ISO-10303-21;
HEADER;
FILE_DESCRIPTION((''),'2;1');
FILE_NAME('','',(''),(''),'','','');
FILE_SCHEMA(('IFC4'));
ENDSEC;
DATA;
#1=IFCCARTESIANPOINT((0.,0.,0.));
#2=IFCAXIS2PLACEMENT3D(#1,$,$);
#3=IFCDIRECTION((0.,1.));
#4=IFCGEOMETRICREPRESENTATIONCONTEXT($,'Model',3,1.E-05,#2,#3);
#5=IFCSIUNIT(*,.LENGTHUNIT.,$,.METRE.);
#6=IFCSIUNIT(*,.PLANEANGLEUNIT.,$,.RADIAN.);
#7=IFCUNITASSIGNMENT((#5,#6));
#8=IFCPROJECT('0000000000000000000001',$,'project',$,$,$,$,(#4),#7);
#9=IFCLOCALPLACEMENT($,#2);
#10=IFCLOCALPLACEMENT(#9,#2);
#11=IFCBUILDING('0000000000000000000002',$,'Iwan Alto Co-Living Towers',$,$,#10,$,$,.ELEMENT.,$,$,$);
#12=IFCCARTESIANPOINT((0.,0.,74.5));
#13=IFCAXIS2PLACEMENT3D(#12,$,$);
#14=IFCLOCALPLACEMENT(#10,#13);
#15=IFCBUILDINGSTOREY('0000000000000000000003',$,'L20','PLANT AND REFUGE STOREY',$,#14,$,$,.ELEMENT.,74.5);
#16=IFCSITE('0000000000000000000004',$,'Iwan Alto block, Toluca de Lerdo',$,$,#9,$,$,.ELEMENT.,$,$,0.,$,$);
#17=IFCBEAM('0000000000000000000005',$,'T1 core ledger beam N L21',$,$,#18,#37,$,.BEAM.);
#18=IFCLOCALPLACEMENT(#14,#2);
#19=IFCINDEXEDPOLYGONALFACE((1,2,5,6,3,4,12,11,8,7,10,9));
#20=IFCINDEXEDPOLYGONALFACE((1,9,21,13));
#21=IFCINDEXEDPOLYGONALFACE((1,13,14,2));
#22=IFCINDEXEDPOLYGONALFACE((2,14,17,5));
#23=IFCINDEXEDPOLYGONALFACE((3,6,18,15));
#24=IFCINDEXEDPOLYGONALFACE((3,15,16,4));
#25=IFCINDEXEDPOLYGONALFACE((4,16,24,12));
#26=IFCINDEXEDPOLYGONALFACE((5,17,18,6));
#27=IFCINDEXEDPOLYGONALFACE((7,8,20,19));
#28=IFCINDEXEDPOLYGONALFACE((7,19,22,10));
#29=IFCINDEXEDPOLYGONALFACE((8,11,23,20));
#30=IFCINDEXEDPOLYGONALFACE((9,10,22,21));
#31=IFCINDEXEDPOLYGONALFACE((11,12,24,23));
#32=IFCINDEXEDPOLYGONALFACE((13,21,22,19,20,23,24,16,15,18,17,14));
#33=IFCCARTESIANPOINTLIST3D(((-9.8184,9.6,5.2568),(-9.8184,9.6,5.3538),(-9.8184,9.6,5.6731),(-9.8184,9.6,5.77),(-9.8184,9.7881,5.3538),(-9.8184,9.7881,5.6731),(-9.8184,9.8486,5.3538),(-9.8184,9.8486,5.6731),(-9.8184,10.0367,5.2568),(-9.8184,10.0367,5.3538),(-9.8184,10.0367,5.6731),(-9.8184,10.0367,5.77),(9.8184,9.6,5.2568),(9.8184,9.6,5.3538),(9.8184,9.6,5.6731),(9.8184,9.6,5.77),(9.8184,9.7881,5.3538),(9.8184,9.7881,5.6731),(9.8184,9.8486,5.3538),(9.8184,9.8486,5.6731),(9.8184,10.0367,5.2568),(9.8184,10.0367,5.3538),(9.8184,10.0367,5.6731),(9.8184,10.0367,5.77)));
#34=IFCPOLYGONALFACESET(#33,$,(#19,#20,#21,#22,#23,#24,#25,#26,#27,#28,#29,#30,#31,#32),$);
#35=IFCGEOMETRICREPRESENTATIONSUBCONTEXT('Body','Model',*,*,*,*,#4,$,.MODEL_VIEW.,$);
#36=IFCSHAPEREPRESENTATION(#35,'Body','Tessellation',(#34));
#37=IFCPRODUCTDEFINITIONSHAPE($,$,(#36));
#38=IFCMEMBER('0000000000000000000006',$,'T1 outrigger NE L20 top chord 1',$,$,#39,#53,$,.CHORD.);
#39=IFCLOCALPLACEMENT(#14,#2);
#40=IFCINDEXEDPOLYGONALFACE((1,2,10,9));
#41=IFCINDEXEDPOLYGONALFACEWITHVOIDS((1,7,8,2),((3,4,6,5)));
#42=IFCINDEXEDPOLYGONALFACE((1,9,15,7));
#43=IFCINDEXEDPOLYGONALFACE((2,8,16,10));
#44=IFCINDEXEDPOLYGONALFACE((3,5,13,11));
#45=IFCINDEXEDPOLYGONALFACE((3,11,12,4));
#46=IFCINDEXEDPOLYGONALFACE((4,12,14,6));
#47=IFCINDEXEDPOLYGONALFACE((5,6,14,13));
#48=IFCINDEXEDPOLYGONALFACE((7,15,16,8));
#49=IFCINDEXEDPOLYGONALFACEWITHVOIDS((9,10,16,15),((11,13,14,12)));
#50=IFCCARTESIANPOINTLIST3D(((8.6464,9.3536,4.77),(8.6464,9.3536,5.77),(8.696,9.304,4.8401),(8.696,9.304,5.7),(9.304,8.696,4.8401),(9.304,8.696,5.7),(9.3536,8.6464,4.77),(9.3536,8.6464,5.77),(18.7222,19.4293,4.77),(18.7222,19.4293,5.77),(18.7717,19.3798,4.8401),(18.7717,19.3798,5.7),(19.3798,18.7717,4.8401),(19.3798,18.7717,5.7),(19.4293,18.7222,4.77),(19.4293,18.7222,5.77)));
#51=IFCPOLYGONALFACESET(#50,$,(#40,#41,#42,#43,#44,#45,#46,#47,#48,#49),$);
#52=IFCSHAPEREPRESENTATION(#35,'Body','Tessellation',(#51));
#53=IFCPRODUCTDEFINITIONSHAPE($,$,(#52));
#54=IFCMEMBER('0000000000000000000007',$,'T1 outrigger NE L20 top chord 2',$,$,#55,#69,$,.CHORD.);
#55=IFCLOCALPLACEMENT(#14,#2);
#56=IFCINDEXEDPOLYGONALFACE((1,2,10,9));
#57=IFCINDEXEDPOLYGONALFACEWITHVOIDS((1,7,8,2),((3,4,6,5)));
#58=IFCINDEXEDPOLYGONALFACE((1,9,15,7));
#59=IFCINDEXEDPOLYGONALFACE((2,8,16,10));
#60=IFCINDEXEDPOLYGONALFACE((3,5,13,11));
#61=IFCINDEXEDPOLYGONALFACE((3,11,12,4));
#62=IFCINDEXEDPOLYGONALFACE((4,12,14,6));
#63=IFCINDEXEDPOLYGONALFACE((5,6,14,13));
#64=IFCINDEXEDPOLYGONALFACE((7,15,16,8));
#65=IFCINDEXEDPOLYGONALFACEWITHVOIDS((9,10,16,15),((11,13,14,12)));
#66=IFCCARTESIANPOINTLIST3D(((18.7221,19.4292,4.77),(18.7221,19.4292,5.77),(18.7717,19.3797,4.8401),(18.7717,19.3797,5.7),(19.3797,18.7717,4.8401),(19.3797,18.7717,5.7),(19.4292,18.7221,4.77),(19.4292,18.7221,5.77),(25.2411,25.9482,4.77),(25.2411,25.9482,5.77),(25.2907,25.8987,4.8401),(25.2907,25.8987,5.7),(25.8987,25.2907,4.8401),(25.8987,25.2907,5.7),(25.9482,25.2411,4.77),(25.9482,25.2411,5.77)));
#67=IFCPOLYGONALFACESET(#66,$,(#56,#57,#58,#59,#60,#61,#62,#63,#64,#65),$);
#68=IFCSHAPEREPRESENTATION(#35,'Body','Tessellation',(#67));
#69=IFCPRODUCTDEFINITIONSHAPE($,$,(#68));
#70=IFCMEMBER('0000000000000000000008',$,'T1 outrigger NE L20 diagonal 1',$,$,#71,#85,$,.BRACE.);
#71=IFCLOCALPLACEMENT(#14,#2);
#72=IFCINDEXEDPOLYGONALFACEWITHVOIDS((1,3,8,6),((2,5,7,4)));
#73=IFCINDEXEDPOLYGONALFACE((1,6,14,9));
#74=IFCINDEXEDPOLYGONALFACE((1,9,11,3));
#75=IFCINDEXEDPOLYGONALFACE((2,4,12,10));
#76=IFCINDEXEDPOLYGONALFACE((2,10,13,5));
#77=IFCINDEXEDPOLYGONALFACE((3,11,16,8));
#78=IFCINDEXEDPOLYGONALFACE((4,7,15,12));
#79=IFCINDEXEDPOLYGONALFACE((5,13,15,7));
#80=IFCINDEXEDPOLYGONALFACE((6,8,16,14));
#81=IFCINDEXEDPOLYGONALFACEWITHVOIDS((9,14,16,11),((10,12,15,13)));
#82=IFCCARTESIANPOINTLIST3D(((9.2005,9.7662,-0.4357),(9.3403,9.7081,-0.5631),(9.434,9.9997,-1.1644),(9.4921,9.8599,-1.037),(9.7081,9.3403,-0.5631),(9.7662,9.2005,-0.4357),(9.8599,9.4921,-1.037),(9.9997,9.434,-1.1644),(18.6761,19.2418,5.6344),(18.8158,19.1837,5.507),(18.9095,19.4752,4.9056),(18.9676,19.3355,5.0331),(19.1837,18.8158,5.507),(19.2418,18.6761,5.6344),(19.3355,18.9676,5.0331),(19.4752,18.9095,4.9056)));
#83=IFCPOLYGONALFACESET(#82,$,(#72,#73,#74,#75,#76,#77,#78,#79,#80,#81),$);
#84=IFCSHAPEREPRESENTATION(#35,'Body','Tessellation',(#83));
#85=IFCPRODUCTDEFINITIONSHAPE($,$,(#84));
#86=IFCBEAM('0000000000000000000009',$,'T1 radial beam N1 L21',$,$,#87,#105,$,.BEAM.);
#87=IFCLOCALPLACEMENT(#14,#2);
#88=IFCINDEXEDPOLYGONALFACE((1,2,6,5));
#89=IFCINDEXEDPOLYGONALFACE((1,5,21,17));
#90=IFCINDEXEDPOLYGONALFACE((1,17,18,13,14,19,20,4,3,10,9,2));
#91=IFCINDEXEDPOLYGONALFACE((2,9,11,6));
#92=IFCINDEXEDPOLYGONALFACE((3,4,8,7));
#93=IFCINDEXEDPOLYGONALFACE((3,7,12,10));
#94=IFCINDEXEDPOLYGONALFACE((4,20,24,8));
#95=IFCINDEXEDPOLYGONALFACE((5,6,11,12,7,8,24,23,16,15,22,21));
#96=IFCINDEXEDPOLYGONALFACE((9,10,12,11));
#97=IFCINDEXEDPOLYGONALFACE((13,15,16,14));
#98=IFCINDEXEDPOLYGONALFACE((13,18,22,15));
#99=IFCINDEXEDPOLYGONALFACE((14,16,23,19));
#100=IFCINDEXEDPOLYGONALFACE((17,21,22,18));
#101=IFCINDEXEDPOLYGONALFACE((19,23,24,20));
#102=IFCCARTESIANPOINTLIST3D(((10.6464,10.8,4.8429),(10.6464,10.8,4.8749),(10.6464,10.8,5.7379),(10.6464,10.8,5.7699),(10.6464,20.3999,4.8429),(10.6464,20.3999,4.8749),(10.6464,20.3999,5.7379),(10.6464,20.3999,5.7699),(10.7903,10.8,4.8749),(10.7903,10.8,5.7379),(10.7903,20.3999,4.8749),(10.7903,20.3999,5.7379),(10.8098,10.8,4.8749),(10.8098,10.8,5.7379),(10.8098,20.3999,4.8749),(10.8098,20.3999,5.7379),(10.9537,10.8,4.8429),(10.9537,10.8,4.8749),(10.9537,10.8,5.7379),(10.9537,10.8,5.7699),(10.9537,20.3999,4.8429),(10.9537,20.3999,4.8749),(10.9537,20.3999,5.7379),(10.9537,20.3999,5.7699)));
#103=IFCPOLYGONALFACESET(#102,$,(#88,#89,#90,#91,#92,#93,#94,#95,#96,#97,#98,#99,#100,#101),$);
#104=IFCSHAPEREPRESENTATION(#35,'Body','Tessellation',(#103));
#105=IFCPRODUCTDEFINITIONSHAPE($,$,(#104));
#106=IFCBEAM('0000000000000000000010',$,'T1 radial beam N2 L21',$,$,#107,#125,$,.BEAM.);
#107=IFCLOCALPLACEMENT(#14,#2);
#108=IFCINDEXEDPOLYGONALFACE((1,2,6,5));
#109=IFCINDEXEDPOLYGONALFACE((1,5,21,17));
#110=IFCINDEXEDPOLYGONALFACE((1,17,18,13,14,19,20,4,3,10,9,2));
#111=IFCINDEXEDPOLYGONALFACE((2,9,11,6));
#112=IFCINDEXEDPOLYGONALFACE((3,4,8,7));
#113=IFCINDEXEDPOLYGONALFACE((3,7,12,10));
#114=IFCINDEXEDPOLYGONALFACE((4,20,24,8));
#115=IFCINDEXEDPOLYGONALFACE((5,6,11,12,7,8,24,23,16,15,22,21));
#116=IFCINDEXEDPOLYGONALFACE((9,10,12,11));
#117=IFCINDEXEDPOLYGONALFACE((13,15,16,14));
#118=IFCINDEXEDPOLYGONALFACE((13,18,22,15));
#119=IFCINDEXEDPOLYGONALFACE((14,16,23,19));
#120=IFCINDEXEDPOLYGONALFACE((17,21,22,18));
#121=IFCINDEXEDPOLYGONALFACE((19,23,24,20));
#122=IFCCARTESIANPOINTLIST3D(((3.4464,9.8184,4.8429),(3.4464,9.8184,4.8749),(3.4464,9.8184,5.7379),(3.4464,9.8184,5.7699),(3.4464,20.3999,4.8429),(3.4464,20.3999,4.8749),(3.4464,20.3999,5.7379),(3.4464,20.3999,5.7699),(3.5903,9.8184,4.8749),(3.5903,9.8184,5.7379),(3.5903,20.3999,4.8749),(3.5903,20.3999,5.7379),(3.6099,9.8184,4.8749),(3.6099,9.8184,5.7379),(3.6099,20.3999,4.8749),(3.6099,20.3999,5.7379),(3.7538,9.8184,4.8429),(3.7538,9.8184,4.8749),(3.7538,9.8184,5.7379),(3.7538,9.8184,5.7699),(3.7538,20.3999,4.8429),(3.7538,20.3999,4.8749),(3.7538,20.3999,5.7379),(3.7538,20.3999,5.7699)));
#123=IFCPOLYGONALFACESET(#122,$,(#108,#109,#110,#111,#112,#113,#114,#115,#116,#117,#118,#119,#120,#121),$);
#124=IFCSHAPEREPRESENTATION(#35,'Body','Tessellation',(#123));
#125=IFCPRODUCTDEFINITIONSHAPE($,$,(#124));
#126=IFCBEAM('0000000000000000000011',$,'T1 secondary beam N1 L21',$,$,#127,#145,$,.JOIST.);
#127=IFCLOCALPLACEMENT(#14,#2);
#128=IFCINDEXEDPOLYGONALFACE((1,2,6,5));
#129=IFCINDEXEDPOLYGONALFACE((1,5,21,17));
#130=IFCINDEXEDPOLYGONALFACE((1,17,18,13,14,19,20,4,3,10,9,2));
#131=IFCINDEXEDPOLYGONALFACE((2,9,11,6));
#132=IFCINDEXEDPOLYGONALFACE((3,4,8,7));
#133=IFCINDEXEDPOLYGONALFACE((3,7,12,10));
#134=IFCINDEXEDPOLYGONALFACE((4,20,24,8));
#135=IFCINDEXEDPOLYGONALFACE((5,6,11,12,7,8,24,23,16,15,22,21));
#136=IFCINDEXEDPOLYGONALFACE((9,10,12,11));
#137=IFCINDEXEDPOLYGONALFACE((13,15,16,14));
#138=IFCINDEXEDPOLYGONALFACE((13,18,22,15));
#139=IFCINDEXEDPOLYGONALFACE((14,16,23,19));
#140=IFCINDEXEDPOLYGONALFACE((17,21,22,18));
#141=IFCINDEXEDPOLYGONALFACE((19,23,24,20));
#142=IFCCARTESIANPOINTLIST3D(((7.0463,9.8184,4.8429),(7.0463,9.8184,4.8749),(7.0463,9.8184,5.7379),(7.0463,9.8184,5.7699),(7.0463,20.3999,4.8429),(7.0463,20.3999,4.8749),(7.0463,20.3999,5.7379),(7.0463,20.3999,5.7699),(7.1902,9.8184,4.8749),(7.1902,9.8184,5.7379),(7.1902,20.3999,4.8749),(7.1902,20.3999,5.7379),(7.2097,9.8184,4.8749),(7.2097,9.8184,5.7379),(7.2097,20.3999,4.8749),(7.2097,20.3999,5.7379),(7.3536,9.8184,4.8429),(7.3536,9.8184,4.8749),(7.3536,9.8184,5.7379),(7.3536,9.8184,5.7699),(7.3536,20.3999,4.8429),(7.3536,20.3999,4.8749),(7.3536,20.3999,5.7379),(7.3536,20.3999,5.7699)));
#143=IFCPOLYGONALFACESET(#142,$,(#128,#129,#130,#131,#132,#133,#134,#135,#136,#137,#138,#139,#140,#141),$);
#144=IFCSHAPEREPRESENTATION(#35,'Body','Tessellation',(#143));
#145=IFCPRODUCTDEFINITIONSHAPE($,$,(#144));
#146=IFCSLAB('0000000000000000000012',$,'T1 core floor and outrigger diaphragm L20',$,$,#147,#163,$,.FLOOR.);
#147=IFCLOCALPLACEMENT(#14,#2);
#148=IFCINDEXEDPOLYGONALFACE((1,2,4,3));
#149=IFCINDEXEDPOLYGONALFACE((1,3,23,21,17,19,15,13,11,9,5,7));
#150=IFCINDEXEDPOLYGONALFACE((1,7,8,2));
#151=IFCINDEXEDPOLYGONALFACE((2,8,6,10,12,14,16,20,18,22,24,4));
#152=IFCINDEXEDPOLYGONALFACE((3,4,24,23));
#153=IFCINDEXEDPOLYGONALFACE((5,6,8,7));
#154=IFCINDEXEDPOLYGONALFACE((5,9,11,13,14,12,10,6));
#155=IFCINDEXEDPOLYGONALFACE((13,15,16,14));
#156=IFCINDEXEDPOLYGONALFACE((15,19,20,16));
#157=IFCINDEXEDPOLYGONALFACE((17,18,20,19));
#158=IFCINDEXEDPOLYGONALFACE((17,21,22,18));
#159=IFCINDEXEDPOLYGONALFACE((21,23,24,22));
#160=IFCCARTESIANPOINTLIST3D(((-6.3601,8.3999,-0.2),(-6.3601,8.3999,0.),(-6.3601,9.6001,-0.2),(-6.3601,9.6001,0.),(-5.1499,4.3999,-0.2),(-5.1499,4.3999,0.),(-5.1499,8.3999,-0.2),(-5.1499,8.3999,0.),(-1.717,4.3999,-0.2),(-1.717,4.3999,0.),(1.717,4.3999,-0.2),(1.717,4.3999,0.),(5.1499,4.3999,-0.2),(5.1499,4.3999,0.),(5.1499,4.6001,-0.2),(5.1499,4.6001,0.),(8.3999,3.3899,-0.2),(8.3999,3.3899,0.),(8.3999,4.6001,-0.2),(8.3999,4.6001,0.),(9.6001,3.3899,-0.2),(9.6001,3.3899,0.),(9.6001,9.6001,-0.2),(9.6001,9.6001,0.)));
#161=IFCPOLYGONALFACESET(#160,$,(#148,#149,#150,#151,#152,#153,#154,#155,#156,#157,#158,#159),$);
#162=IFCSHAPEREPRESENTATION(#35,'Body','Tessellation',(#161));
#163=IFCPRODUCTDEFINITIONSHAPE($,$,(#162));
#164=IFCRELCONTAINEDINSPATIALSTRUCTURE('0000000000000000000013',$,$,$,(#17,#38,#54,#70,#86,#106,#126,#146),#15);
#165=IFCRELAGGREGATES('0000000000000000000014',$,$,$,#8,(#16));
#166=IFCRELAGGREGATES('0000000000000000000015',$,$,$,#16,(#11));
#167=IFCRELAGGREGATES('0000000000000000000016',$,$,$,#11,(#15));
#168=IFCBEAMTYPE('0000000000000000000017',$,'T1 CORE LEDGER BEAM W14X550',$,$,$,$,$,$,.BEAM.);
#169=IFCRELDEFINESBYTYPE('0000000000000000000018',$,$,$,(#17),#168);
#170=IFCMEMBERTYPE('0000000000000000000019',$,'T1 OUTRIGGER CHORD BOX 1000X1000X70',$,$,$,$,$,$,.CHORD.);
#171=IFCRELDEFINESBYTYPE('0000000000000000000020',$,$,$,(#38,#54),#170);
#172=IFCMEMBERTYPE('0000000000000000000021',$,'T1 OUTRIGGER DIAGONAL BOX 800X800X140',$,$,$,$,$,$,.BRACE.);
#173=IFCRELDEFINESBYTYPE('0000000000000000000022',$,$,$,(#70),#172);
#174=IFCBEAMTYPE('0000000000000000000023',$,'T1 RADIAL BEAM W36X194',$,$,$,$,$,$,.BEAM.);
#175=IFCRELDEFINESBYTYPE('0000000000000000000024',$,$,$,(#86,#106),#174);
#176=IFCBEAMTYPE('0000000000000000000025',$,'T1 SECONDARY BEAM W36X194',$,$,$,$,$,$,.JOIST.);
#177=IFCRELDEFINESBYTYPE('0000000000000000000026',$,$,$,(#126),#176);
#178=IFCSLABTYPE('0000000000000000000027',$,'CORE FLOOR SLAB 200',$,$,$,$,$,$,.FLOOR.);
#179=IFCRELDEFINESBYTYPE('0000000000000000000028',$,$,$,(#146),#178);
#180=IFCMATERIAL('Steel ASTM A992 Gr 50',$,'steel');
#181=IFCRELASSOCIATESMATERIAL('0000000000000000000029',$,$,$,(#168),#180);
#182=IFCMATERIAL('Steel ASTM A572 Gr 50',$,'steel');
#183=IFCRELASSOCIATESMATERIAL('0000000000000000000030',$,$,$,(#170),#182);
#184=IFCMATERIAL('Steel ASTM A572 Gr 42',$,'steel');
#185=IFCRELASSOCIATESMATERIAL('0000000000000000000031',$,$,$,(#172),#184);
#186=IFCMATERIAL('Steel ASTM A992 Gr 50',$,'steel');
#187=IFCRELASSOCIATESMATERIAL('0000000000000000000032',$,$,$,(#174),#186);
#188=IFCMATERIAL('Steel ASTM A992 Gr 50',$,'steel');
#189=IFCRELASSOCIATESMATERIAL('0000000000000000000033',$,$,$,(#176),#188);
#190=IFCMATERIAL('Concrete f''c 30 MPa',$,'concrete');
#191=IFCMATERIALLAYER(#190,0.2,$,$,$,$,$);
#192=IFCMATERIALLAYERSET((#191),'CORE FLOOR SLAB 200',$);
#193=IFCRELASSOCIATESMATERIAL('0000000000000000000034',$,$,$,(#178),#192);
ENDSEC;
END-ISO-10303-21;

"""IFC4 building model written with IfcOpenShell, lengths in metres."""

from ifc_helpers import new_model, si_unit, direction, frame, origin, origin_2d, place, context, subcontext, project, spatial, polyline, hollow_rectangle, i_section, outline, extrude, material, layer, layer_set, material_profile, profile_set, type_object, element, save


model = new_model("IFC4")

# Units and contexts
model_context = context("Model", 3, precision=1e-05, world=origin(), true_north=direction((0.0, 1.0)))
body_context = subcontext(model_context, "Body", "Model", "MODEL_VIEW")
ifc_project = project(units=[si_unit("LENGTHUNIT", "METRE"), si_unit("PLANEANGLEUNIT", "RADIAN")], contexts=[model_context])

# Site, building, storey
site_placement = place(None, origin())
site = spatial("IfcSite", under=ifc_project, at=site_placement, Name="Iwan Alto block, Toluca de Lerdo", CompositionType="ELEMENT", RefElevation=0.0)
building_placement = place(site_placement, origin())
building = spatial("IfcBuilding", under=site, at=building_placement, Name="Iwan Alto Co-Living Towers", CompositionType="ELEMENT")
storey_placement = place(building_placement, frame((0.0, 0.0, 74.5)))
storey = spatial("IfcBuildingStorey", under=building, at=storey_placement, Name="L20", Description="PLANT AND REFUGE STOREY", CompositionType="ELEMENT", Elevation=74.5)

# Beam
ifc_material_1 = material(Name="Steel ASTM A992 Gr 50", Category="steel")
ifc_material_profile_1 = material_profile(ifc_material_1, i_section(OverallWidth=0.4368, OverallDepth=0.5132, WebThickness=0.0605, FlangeThickness=0.0969, at=origin_2d()), Name="W14X550")
ifc_profile_set_1 = profile_set([ifc_material_profile_1], Name="Steel ASTM A992 Gr 50")
beam_type_1 = type_object("IfcBeamType", Name="T1 CORE LEDGER BEAM W14X550", PredefinedType="BEAM", material=ifc_profile_set_1)
beam_1_placement = place(storey_placement, frame((9.8184, 9.8184, 5.5134), z_axis=(-1.0, 0.0, 0.0), x_axis=(0.0, -1.0, 0.0)))
element("IfcBeam", 1, at=beam_1_placement, inside=storey, type_object=beam_type_1, Name="T1 core ledger beam N L21", PredefinedType="BEAM", context=body_context, shape_type="SweptSolid", body=[
    extrude(i_section(OverallWidth=0.4368, OverallDepth=0.5132, WebThickness=0.0605, FlangeThickness=0.0969, at=origin_2d()), origin(), (0.0, 0.0, 1.0), 19.6367),
])

# Members
ifc_material_2 = material(Name="Steel ASTM A572 Gr 50", Category="steel")
ifc_material_profile_2 = material_profile(ifc_material_2, hollow_rectangle(XDim=1.0, YDim=1.0, WallThickness=0.0701, at=origin_2d()), Name="BOX 1000X1000X70")
ifc_profile_set_2 = profile_set([ifc_material_profile_2], Name="Steel ASTM A572 Gr 50")
member_type_1 = type_object("IfcMemberType", Name="T1 OUTRIGGER CHORD BOX 1000X1000X70", PredefinedType="CHORD", material=ifc_profile_set_2)
member_1_placement = place(storey_placement, frame((9.0, 9.0, 5.27), z_axis=(0.707107, 0.707107, 0.0), x_axis=(-0.707107, 0.707107, 0.0)))
element("IfcMember", 2, at=member_1_placement, inside=storey, type_object=member_type_1, Name="T1 outrigger NE L20 top chord 1", PredefinedType="CHORD", context=body_context, shape_type="SweptSolid", body=[
    extrude(hollow_rectangle(XDim=1.0, YDim=1.0, WallThickness=0.0701, at=origin_2d()), origin(), (0.0, 0.0, 1.0), 14.2493),
])
member_2_placement = place(storey_placement, frame((19.0757, 19.0757, 5.27), z_axis=(0.707107, 0.707107, 0.0), x_axis=(-0.707107, 0.707107, 0.0)))
element("IfcMember", 3, at=member_2_placement, inside=storey, type_object=member_type_1, Name="T1 outrigger NE L20 top chord 2", PredefinedType="CHORD", context=body_context, shape_type="SweptSolid", body=[
    extrude(hollow_rectangle(XDim=1.0, YDim=1.0, WallThickness=0.0701, at=origin_2d()), origin(), (0.0, 0.0, 1.0), 9.2192),
])
ifc_material_3 = material(Name="Steel ASTM A572 Gr 42", Category="steel")
ifc_material_profile_3 = material_profile(ifc_material_3, hollow_rectangle(XDim=0.8, YDim=0.8, WallThickness=0.1399, at=origin_2d()), Name="BOX 800X800X140")
ifc_profile_set_3 = profile_set([ifc_material_profile_3], Name="Steel ASTM A572 Gr 42")
member_type_2 = type_object("IfcMemberType", Name="T1 OUTRIGGER DIAGONAL BOX 800X800X140", PredefinedType="BRACE", material=ifc_profile_set_3)
member_3_placement = place(storey_placement, frame((9.6001, 9.6001, -0.8), z_axis=(0.644107, 0.644107, 0.412616), x_axis=(-0.707107, 0.707107, 0.0)))
element("IfcMember", 4, at=member_3_placement, inside=storey, type_object=member_type_2, Name="T1 outrigger NE L20 diagonal 1", PredefinedType="BRACE", context=body_context, shape_type="SweptSolid", body=[
    extrude(hollow_rectangle(XDim=0.8, YDim=0.8, WallThickness=0.1399, at=origin_2d()), origin(), (0.0, 0.0, 1.0), 14.7112),
])

# Beams
ifc_material_4 = material(Name="Steel ASTM A992 Gr 50", Category="steel")
ifc_material_profile_4 = material_profile(ifc_material_4, i_section(OverallWidth=0.3074, OverallDepth=0.927, WebThickness=0.0195, FlangeThickness=0.032, at=origin_2d()), Name="W36X194")
ifc_profile_set_4 = profile_set([ifc_material_profile_4], Name="Steel ASTM A992 Gr 50")
beam_type_2 = type_object("IfcBeamType", Name="T1 RADIAL BEAM W36X194", PredefinedType="BEAM", material=ifc_profile_set_4)
beam_2_placement = place(storey_placement, frame((10.8, 20.3999, 5.3064), z_axis=(0.0, -1.0, 0.0), x_axis=(1.0, 0.0, 0.0)))
element("IfcBeam", 5, at=beam_2_placement, inside=storey, type_object=beam_type_2, Name="T1 radial beam N1 L21", PredefinedType="BEAM", context=body_context, shape_type="SweptSolid", body=[
    extrude(i_section(OverallWidth=0.3074, OverallDepth=0.927, WebThickness=0.0195, FlangeThickness=0.032, at=origin_2d()), origin(), (0.0, 0.0, 1.0), 9.5999),
])
beam_3_placement = place(storey_placement, frame((3.6001, 20.3999, 5.3064), z_axis=(0.0, -1.0, 0.0), x_axis=(1.0, 0.0, 0.0)))
element("IfcBeam", 6, at=beam_3_placement, inside=storey, type_object=beam_type_2, Name="T1 radial beam N2 L21", PredefinedType="BEAM", context=body_context, shape_type="SweptSolid", body=[
    extrude(i_section(OverallWidth=0.3074, OverallDepth=0.927, WebThickness=0.0195, FlangeThickness=0.032, at=origin_2d()), origin(), (0.0, 0.0, 1.0), 10.5815),
])
ifc_material_5 = material(Name="Steel ASTM A992 Gr 50", Category="steel")
ifc_material_profile_5 = material_profile(ifc_material_5, i_section(OverallWidth=0.3074, OverallDepth=0.927, WebThickness=0.0195, FlangeThickness=0.032, at=origin_2d()), Name="W36X194")
ifc_profile_set_5 = profile_set([ifc_material_profile_5], Name="Steel ASTM A992 Gr 50")
beam_type_3 = type_object("IfcBeamType", Name="T1 SECONDARY BEAM W36X194", PredefinedType="JOIST", material=ifc_profile_set_5)
beam_4_placement = place(storey_placement, frame((7.2, 20.3999, 5.3064), z_axis=(0.0, -1.0, 0.0), x_axis=(1.0, 0.0, 0.0)))
element("IfcBeam", 7, at=beam_4_placement, inside=storey, type_object=beam_type_3, Name="T1 secondary beam N1 L21", PredefinedType="JOIST", context=body_context, shape_type="SweptSolid", body=[
    extrude(i_section(OverallWidth=0.3074, OverallDepth=0.927, WebThickness=0.0195, FlangeThickness=0.032, at=origin_2d()), origin(), (0.0, 0.0, 1.0), 10.5815),
])

# Slab
ifc_material_6 = material(Name="Concrete f'c 30 MPa", Category="concrete")
ifc_layer_1 = layer(ifc_material_6, 0.2)
ifc_layer_set_1 = layer_set([ifc_layer_1], Name="CORE FLOOR SLAB 200")
slab_type = type_object("IfcSlabType", Name="CORE FLOOR SLAB 200", PredefinedType="FLOOR", material=ifc_layer_set_1)
slab_1_placement = place(storey_placement, frame((0.0, 0.0, -0.2)))
element("IfcSlab", 8, at=slab_1_placement, inside=storey, type_object=slab_type, Name="T1 core floor and outrigger diaphragm L20", PredefinedType="FLOOR", context=body_context, shape_type="SweptSolid", body=[
    extrude(outline(polyline([(1.717, 4.3999), (-1.717, 4.3999), (-5.1499, 4.3999), (-5.1499, 8.3999), (-6.3601, 8.3999), (-6.3601, 9.6001), (9.6001, 9.6001), (9.6001, 3.3899), (8.3999, 3.3899), (8.3999, 4.6001), (5.1499, 4.6001), (5.1499, 4.3999), (1.717, 4.3999)])), origin(), (0.0, 0.0, 1.0), 0.2),
])

save(model, "model.ifc")
